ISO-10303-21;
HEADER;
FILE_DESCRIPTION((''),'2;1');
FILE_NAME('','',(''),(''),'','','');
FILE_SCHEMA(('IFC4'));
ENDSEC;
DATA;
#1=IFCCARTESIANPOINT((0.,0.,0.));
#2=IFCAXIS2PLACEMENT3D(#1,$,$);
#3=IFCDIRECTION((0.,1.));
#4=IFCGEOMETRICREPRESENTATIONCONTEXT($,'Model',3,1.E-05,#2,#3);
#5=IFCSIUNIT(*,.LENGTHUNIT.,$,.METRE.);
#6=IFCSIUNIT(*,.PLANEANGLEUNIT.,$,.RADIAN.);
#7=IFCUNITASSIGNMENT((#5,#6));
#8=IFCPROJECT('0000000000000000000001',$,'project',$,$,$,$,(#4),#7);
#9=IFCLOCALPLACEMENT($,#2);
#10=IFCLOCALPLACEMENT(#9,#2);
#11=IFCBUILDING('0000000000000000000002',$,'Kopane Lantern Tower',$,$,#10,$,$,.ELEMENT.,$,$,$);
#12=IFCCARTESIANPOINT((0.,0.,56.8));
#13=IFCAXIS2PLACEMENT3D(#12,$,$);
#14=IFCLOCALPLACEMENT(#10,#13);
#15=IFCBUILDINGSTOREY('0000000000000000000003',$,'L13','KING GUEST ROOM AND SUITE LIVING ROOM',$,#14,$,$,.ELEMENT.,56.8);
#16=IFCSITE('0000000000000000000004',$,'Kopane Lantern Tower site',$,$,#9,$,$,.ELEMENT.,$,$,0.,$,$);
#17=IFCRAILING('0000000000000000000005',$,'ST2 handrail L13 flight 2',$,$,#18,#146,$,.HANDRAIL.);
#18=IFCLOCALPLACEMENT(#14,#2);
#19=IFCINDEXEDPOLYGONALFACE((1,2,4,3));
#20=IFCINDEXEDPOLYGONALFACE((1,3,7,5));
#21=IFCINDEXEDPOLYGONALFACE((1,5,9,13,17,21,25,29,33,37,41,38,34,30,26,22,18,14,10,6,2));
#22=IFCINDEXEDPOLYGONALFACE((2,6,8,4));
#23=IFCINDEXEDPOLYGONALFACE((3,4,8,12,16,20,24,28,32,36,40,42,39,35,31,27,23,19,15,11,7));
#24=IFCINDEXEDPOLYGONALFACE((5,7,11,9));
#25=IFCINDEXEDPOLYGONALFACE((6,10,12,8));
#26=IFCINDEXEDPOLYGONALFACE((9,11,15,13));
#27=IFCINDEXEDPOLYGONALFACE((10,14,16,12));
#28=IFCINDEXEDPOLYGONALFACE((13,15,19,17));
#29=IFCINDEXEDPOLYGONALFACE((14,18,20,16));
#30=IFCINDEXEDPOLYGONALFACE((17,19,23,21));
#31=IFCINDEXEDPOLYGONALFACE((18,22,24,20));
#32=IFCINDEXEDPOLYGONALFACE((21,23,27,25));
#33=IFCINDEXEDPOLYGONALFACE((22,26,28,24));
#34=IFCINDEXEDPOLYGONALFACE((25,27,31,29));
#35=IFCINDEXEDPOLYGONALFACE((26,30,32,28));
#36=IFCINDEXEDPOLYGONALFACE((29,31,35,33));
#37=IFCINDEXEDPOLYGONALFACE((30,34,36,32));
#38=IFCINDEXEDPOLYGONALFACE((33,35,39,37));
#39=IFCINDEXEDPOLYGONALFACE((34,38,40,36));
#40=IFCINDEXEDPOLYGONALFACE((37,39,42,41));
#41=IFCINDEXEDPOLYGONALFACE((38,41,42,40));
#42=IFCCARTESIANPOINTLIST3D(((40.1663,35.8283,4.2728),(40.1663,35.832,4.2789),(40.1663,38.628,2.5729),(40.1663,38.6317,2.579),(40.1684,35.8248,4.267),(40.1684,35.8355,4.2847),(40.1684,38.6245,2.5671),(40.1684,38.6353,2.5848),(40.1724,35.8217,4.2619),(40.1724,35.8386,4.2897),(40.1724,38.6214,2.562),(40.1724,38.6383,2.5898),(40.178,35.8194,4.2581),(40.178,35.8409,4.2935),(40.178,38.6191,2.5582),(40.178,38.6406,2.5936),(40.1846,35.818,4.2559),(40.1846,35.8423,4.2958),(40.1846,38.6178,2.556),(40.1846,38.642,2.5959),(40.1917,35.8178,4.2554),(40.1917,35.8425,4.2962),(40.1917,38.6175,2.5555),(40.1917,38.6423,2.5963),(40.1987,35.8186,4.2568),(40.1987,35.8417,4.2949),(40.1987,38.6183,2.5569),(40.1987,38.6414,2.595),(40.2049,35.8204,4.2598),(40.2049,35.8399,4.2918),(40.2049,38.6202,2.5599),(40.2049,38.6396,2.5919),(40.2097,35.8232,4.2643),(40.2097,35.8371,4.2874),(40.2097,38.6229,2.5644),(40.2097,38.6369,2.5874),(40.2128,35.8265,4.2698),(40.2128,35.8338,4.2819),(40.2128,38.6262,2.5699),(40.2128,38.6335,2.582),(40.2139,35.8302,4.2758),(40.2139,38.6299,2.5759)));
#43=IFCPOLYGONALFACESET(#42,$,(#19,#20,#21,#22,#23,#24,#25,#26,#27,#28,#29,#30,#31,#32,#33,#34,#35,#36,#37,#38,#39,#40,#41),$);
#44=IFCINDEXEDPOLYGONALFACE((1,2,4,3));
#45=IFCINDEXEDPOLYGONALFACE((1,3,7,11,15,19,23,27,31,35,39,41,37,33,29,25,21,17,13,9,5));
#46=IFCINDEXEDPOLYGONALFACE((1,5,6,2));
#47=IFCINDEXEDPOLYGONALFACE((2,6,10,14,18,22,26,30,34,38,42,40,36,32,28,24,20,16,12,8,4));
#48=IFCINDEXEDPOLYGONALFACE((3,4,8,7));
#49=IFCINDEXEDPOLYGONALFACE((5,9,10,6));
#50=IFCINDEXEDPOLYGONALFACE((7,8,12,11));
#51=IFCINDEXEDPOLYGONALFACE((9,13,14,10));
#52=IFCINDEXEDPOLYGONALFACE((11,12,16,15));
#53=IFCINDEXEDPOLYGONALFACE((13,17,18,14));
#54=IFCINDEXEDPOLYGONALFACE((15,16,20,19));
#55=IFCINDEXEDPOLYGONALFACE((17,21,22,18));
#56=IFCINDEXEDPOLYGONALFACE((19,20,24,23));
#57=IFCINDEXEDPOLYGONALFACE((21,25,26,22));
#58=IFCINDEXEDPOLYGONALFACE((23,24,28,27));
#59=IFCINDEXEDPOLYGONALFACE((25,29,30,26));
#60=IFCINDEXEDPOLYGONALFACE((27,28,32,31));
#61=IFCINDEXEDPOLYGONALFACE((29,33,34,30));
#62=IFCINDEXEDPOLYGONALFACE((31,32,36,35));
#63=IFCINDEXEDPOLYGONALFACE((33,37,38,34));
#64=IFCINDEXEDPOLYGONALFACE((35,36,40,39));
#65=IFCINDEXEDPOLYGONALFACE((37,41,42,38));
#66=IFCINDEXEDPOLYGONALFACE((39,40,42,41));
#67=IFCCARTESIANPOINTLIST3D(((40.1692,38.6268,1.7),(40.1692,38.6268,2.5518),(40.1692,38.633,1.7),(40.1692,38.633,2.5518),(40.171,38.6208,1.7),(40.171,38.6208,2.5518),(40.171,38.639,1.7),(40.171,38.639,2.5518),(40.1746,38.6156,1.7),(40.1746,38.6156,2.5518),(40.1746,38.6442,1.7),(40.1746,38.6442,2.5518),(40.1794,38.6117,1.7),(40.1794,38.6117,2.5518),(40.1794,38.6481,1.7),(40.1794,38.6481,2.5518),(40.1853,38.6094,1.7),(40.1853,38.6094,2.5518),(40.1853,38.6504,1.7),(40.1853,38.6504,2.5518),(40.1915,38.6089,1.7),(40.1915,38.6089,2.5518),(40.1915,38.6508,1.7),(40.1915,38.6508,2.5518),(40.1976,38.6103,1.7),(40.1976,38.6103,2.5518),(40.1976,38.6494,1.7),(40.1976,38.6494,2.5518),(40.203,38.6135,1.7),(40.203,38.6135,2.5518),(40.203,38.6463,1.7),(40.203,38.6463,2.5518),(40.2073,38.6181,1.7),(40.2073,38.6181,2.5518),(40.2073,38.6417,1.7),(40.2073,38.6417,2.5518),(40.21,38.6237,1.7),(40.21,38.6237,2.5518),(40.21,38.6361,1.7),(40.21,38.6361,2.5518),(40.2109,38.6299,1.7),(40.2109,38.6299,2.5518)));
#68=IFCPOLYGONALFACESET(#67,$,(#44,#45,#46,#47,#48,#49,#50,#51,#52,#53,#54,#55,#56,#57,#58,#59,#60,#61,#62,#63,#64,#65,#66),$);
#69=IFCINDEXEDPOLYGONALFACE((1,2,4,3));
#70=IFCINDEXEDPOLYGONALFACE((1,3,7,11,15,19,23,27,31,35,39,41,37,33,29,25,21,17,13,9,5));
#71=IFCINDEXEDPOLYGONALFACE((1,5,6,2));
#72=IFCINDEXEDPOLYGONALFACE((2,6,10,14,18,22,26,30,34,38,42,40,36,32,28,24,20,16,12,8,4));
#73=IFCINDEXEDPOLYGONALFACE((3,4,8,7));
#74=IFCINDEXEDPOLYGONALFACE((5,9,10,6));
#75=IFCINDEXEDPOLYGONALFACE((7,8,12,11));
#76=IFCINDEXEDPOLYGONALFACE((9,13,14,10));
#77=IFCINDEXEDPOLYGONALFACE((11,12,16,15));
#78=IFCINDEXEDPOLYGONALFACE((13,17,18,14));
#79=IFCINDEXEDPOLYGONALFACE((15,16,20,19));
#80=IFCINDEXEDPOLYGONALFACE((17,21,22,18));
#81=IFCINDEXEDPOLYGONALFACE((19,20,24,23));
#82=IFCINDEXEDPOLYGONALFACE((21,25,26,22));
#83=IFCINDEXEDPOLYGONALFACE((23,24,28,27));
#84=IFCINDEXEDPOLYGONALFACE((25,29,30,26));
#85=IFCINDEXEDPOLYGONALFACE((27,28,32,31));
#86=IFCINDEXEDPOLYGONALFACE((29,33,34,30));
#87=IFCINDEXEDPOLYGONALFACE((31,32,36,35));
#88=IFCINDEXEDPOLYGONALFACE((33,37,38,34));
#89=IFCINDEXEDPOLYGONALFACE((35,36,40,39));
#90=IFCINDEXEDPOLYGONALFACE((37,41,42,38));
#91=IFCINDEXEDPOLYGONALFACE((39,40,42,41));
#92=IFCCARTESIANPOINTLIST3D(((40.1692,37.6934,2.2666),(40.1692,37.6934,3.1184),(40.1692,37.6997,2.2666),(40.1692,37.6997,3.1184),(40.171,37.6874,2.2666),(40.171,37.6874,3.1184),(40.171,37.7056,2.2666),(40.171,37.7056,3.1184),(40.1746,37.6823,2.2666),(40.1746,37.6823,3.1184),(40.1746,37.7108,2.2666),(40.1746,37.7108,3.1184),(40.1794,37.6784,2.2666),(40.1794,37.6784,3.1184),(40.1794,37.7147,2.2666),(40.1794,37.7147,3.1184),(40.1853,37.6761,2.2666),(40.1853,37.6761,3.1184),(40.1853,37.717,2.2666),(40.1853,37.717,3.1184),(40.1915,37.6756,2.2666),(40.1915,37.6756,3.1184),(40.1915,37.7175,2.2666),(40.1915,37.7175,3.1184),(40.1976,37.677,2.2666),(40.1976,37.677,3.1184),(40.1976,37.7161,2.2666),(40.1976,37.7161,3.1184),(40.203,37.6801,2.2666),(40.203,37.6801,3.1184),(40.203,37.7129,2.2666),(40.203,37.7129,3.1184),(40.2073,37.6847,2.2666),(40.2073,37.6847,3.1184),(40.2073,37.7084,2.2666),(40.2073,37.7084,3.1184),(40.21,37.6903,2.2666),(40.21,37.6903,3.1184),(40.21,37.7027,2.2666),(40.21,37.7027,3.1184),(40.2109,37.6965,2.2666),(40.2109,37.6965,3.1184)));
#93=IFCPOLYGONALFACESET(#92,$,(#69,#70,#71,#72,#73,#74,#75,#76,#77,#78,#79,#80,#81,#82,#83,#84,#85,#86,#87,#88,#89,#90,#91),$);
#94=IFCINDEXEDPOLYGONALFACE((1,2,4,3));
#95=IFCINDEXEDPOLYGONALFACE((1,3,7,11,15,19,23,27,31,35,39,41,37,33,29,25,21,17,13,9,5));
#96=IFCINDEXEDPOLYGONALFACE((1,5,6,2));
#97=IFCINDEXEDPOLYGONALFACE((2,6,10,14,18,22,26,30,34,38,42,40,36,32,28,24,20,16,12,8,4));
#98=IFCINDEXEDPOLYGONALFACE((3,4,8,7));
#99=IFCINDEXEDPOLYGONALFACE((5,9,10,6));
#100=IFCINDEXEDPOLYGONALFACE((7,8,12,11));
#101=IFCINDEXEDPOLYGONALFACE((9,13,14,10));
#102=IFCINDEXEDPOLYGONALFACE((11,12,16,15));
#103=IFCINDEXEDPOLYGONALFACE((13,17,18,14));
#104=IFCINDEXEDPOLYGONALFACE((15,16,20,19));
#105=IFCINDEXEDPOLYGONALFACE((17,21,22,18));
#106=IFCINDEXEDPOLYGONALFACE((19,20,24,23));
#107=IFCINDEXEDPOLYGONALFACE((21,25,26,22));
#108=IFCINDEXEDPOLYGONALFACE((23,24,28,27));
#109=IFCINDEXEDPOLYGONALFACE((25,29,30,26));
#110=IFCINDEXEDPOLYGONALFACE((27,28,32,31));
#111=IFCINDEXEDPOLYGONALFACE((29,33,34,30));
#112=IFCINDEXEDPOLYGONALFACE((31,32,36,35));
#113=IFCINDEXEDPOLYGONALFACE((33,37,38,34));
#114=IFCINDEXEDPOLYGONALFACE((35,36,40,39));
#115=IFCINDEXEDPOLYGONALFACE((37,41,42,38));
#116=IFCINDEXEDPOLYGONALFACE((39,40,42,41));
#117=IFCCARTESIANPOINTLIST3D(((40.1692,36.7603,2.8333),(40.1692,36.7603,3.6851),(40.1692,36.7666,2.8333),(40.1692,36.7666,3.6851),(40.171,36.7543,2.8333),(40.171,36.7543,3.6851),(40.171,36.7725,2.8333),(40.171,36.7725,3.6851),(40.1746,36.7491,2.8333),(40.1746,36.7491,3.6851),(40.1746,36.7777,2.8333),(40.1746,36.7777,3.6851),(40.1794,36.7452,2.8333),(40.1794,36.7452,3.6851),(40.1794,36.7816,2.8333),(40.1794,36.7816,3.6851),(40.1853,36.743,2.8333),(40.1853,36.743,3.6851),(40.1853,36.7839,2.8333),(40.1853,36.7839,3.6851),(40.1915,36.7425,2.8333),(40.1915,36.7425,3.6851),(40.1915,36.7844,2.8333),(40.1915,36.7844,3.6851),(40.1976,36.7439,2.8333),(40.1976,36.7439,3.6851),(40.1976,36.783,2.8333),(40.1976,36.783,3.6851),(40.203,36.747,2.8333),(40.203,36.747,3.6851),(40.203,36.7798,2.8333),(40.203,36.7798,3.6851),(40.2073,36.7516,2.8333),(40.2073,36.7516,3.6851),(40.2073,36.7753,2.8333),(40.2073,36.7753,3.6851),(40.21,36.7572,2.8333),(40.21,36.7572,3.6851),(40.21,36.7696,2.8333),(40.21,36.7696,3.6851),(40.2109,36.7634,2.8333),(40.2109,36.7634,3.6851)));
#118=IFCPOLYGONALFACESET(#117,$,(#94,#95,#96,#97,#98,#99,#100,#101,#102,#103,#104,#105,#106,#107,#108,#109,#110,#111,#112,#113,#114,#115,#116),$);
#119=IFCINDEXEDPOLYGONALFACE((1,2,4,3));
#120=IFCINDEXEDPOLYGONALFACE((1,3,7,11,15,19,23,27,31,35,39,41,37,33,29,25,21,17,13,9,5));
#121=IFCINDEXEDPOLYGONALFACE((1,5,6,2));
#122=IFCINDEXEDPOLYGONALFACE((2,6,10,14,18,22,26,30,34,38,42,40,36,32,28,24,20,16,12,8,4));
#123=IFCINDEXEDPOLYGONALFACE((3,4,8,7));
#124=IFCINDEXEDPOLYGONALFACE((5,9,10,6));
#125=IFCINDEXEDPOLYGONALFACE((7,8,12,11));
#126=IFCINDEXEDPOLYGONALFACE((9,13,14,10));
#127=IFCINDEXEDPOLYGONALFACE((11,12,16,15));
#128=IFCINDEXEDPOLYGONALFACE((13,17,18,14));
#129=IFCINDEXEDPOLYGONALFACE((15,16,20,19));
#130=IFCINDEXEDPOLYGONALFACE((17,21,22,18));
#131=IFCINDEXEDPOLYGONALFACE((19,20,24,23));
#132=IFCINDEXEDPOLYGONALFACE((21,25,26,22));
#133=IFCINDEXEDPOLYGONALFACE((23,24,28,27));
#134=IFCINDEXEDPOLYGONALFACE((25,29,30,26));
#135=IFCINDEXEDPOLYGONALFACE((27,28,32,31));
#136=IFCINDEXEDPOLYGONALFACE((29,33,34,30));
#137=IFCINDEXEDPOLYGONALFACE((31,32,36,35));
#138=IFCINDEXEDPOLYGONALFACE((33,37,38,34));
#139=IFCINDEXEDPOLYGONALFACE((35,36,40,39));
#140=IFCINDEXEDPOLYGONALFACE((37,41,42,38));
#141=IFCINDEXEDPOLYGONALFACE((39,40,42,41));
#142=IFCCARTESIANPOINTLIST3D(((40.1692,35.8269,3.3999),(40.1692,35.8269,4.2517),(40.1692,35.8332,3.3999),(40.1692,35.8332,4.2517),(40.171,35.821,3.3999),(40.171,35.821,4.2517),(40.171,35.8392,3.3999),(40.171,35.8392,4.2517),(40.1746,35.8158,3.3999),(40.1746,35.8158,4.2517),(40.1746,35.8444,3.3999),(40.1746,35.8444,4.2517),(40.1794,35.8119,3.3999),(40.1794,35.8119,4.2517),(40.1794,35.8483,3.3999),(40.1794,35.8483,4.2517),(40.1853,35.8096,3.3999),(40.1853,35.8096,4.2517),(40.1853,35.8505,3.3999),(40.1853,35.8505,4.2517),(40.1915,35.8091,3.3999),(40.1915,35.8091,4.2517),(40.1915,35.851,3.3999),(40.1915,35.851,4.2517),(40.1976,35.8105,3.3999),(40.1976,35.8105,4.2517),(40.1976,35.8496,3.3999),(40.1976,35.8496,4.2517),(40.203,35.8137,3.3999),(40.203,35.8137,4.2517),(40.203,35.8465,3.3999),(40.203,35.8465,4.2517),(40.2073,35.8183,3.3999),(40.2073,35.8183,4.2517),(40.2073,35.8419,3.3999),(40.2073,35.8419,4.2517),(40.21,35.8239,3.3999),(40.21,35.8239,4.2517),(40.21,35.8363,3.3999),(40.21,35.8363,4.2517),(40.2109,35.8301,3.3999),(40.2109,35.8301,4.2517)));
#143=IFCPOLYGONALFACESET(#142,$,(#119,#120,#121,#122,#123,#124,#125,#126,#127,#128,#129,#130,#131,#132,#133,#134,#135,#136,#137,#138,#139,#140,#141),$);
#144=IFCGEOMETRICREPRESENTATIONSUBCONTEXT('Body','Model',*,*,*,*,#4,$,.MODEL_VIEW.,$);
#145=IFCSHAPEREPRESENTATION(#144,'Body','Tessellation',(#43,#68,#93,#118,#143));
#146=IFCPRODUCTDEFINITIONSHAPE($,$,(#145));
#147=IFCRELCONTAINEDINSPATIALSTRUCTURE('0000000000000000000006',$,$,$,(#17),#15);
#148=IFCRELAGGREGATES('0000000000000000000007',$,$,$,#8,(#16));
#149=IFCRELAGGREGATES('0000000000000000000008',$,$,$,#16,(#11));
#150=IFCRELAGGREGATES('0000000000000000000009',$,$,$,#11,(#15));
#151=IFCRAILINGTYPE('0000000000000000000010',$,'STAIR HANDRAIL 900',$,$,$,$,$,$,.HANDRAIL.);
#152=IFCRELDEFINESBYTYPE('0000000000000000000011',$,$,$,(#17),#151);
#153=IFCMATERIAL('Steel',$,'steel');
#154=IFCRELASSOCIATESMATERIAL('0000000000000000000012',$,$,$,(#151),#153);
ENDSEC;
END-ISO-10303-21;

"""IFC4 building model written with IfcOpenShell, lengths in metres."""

from ifc_helpers import new_model, si_unit, direction, frame, origin, origin_2d, place, context, subcontext, project, spatial, circle, extrude, material, type_object, element, save


model = new_model("IFC4")

# Units and contexts
model_context = context("Model", 3, precision=1e-05, world=origin(), true_north=direction((0.0, 1.0)))
body_context = subcontext(model_context, "Body", "Model", "MODEL_VIEW")
ifc_project = project(units=[si_unit("LENGTHUNIT", "METRE"), si_unit("PLANEANGLEUNIT", "RADIAN")], contexts=[model_context])

# Site, building, storey
site_placement = place(None, origin())
site = spatial("IfcSite", under=ifc_project, at=site_placement, Name="Kopane Lantern Tower site", CompositionType="ELEMENT", RefElevation=0.0)
building_placement = place(site_placement, origin())
building = spatial("IfcBuilding", under=site, at=building_placement, Name="Kopane Lantern Tower", CompositionType="ELEMENT")
storey_placement = place(building_placement, frame((0.0, 0.0, 56.8)))
storey = spatial("IfcBuildingStorey", under=building, at=storey_placement, Name="L13", Description="KING GUEST ROOM AND SUITE LIVING ROOM", CompositionType="ELEMENT", Elevation=56.8)

# Railing
ifc_material_1 = material(Name="Steel", Category="steel")
railing_type = type_object("IfcRailingType", Name="STAIR HANDRAIL 900", PredefinedType="HANDRAIL", material=ifc_material_1)
for number, where, name in (
    (1, (40.1899, 38.6299, 1.7), "ST2 handrail L13 flight 2"),
):
    element("IfcRailing", number, at=place(storey_placement, frame(where)), inside=storey, type_object=railing_type, Name=name, PredefinedType="HANDRAIL", context=body_context, shape_type="SweptSolid", body=[
        extrude(circle(Radius=0.0239, at=origin_2d()), frame((0.0, 0.0, 0.876), z_axis=(0.0, -0.854778, 0.518994), x_axis=(1.0, 0.0, 0.0)), (0.0, 0.0, 1.0), 3.2754),
        extrude(circle(Radius=0.021, at=origin_2d()), origin(), (0.0, 0.0, 1.0), 0.8518),
        extrude(circle(Radius=0.021, at=origin_2d()), frame((0.0, -0.9333, 0.5667)), (0.0, 0.0, 1.0), 0.8518),
        extrude(circle(Radius=0.021, at=origin_2d()), frame((0.0, -1.8665, 1.1333)), (0.0, 0.0, 1.0), 0.8518),
        extrude(circle(Radius=0.021, at=origin_2d()), frame((0.0, -2.7998, 1.7)), (0.0, 0.0, 1.0), 0.8518),
    ])

save(model, "model.ifc")
